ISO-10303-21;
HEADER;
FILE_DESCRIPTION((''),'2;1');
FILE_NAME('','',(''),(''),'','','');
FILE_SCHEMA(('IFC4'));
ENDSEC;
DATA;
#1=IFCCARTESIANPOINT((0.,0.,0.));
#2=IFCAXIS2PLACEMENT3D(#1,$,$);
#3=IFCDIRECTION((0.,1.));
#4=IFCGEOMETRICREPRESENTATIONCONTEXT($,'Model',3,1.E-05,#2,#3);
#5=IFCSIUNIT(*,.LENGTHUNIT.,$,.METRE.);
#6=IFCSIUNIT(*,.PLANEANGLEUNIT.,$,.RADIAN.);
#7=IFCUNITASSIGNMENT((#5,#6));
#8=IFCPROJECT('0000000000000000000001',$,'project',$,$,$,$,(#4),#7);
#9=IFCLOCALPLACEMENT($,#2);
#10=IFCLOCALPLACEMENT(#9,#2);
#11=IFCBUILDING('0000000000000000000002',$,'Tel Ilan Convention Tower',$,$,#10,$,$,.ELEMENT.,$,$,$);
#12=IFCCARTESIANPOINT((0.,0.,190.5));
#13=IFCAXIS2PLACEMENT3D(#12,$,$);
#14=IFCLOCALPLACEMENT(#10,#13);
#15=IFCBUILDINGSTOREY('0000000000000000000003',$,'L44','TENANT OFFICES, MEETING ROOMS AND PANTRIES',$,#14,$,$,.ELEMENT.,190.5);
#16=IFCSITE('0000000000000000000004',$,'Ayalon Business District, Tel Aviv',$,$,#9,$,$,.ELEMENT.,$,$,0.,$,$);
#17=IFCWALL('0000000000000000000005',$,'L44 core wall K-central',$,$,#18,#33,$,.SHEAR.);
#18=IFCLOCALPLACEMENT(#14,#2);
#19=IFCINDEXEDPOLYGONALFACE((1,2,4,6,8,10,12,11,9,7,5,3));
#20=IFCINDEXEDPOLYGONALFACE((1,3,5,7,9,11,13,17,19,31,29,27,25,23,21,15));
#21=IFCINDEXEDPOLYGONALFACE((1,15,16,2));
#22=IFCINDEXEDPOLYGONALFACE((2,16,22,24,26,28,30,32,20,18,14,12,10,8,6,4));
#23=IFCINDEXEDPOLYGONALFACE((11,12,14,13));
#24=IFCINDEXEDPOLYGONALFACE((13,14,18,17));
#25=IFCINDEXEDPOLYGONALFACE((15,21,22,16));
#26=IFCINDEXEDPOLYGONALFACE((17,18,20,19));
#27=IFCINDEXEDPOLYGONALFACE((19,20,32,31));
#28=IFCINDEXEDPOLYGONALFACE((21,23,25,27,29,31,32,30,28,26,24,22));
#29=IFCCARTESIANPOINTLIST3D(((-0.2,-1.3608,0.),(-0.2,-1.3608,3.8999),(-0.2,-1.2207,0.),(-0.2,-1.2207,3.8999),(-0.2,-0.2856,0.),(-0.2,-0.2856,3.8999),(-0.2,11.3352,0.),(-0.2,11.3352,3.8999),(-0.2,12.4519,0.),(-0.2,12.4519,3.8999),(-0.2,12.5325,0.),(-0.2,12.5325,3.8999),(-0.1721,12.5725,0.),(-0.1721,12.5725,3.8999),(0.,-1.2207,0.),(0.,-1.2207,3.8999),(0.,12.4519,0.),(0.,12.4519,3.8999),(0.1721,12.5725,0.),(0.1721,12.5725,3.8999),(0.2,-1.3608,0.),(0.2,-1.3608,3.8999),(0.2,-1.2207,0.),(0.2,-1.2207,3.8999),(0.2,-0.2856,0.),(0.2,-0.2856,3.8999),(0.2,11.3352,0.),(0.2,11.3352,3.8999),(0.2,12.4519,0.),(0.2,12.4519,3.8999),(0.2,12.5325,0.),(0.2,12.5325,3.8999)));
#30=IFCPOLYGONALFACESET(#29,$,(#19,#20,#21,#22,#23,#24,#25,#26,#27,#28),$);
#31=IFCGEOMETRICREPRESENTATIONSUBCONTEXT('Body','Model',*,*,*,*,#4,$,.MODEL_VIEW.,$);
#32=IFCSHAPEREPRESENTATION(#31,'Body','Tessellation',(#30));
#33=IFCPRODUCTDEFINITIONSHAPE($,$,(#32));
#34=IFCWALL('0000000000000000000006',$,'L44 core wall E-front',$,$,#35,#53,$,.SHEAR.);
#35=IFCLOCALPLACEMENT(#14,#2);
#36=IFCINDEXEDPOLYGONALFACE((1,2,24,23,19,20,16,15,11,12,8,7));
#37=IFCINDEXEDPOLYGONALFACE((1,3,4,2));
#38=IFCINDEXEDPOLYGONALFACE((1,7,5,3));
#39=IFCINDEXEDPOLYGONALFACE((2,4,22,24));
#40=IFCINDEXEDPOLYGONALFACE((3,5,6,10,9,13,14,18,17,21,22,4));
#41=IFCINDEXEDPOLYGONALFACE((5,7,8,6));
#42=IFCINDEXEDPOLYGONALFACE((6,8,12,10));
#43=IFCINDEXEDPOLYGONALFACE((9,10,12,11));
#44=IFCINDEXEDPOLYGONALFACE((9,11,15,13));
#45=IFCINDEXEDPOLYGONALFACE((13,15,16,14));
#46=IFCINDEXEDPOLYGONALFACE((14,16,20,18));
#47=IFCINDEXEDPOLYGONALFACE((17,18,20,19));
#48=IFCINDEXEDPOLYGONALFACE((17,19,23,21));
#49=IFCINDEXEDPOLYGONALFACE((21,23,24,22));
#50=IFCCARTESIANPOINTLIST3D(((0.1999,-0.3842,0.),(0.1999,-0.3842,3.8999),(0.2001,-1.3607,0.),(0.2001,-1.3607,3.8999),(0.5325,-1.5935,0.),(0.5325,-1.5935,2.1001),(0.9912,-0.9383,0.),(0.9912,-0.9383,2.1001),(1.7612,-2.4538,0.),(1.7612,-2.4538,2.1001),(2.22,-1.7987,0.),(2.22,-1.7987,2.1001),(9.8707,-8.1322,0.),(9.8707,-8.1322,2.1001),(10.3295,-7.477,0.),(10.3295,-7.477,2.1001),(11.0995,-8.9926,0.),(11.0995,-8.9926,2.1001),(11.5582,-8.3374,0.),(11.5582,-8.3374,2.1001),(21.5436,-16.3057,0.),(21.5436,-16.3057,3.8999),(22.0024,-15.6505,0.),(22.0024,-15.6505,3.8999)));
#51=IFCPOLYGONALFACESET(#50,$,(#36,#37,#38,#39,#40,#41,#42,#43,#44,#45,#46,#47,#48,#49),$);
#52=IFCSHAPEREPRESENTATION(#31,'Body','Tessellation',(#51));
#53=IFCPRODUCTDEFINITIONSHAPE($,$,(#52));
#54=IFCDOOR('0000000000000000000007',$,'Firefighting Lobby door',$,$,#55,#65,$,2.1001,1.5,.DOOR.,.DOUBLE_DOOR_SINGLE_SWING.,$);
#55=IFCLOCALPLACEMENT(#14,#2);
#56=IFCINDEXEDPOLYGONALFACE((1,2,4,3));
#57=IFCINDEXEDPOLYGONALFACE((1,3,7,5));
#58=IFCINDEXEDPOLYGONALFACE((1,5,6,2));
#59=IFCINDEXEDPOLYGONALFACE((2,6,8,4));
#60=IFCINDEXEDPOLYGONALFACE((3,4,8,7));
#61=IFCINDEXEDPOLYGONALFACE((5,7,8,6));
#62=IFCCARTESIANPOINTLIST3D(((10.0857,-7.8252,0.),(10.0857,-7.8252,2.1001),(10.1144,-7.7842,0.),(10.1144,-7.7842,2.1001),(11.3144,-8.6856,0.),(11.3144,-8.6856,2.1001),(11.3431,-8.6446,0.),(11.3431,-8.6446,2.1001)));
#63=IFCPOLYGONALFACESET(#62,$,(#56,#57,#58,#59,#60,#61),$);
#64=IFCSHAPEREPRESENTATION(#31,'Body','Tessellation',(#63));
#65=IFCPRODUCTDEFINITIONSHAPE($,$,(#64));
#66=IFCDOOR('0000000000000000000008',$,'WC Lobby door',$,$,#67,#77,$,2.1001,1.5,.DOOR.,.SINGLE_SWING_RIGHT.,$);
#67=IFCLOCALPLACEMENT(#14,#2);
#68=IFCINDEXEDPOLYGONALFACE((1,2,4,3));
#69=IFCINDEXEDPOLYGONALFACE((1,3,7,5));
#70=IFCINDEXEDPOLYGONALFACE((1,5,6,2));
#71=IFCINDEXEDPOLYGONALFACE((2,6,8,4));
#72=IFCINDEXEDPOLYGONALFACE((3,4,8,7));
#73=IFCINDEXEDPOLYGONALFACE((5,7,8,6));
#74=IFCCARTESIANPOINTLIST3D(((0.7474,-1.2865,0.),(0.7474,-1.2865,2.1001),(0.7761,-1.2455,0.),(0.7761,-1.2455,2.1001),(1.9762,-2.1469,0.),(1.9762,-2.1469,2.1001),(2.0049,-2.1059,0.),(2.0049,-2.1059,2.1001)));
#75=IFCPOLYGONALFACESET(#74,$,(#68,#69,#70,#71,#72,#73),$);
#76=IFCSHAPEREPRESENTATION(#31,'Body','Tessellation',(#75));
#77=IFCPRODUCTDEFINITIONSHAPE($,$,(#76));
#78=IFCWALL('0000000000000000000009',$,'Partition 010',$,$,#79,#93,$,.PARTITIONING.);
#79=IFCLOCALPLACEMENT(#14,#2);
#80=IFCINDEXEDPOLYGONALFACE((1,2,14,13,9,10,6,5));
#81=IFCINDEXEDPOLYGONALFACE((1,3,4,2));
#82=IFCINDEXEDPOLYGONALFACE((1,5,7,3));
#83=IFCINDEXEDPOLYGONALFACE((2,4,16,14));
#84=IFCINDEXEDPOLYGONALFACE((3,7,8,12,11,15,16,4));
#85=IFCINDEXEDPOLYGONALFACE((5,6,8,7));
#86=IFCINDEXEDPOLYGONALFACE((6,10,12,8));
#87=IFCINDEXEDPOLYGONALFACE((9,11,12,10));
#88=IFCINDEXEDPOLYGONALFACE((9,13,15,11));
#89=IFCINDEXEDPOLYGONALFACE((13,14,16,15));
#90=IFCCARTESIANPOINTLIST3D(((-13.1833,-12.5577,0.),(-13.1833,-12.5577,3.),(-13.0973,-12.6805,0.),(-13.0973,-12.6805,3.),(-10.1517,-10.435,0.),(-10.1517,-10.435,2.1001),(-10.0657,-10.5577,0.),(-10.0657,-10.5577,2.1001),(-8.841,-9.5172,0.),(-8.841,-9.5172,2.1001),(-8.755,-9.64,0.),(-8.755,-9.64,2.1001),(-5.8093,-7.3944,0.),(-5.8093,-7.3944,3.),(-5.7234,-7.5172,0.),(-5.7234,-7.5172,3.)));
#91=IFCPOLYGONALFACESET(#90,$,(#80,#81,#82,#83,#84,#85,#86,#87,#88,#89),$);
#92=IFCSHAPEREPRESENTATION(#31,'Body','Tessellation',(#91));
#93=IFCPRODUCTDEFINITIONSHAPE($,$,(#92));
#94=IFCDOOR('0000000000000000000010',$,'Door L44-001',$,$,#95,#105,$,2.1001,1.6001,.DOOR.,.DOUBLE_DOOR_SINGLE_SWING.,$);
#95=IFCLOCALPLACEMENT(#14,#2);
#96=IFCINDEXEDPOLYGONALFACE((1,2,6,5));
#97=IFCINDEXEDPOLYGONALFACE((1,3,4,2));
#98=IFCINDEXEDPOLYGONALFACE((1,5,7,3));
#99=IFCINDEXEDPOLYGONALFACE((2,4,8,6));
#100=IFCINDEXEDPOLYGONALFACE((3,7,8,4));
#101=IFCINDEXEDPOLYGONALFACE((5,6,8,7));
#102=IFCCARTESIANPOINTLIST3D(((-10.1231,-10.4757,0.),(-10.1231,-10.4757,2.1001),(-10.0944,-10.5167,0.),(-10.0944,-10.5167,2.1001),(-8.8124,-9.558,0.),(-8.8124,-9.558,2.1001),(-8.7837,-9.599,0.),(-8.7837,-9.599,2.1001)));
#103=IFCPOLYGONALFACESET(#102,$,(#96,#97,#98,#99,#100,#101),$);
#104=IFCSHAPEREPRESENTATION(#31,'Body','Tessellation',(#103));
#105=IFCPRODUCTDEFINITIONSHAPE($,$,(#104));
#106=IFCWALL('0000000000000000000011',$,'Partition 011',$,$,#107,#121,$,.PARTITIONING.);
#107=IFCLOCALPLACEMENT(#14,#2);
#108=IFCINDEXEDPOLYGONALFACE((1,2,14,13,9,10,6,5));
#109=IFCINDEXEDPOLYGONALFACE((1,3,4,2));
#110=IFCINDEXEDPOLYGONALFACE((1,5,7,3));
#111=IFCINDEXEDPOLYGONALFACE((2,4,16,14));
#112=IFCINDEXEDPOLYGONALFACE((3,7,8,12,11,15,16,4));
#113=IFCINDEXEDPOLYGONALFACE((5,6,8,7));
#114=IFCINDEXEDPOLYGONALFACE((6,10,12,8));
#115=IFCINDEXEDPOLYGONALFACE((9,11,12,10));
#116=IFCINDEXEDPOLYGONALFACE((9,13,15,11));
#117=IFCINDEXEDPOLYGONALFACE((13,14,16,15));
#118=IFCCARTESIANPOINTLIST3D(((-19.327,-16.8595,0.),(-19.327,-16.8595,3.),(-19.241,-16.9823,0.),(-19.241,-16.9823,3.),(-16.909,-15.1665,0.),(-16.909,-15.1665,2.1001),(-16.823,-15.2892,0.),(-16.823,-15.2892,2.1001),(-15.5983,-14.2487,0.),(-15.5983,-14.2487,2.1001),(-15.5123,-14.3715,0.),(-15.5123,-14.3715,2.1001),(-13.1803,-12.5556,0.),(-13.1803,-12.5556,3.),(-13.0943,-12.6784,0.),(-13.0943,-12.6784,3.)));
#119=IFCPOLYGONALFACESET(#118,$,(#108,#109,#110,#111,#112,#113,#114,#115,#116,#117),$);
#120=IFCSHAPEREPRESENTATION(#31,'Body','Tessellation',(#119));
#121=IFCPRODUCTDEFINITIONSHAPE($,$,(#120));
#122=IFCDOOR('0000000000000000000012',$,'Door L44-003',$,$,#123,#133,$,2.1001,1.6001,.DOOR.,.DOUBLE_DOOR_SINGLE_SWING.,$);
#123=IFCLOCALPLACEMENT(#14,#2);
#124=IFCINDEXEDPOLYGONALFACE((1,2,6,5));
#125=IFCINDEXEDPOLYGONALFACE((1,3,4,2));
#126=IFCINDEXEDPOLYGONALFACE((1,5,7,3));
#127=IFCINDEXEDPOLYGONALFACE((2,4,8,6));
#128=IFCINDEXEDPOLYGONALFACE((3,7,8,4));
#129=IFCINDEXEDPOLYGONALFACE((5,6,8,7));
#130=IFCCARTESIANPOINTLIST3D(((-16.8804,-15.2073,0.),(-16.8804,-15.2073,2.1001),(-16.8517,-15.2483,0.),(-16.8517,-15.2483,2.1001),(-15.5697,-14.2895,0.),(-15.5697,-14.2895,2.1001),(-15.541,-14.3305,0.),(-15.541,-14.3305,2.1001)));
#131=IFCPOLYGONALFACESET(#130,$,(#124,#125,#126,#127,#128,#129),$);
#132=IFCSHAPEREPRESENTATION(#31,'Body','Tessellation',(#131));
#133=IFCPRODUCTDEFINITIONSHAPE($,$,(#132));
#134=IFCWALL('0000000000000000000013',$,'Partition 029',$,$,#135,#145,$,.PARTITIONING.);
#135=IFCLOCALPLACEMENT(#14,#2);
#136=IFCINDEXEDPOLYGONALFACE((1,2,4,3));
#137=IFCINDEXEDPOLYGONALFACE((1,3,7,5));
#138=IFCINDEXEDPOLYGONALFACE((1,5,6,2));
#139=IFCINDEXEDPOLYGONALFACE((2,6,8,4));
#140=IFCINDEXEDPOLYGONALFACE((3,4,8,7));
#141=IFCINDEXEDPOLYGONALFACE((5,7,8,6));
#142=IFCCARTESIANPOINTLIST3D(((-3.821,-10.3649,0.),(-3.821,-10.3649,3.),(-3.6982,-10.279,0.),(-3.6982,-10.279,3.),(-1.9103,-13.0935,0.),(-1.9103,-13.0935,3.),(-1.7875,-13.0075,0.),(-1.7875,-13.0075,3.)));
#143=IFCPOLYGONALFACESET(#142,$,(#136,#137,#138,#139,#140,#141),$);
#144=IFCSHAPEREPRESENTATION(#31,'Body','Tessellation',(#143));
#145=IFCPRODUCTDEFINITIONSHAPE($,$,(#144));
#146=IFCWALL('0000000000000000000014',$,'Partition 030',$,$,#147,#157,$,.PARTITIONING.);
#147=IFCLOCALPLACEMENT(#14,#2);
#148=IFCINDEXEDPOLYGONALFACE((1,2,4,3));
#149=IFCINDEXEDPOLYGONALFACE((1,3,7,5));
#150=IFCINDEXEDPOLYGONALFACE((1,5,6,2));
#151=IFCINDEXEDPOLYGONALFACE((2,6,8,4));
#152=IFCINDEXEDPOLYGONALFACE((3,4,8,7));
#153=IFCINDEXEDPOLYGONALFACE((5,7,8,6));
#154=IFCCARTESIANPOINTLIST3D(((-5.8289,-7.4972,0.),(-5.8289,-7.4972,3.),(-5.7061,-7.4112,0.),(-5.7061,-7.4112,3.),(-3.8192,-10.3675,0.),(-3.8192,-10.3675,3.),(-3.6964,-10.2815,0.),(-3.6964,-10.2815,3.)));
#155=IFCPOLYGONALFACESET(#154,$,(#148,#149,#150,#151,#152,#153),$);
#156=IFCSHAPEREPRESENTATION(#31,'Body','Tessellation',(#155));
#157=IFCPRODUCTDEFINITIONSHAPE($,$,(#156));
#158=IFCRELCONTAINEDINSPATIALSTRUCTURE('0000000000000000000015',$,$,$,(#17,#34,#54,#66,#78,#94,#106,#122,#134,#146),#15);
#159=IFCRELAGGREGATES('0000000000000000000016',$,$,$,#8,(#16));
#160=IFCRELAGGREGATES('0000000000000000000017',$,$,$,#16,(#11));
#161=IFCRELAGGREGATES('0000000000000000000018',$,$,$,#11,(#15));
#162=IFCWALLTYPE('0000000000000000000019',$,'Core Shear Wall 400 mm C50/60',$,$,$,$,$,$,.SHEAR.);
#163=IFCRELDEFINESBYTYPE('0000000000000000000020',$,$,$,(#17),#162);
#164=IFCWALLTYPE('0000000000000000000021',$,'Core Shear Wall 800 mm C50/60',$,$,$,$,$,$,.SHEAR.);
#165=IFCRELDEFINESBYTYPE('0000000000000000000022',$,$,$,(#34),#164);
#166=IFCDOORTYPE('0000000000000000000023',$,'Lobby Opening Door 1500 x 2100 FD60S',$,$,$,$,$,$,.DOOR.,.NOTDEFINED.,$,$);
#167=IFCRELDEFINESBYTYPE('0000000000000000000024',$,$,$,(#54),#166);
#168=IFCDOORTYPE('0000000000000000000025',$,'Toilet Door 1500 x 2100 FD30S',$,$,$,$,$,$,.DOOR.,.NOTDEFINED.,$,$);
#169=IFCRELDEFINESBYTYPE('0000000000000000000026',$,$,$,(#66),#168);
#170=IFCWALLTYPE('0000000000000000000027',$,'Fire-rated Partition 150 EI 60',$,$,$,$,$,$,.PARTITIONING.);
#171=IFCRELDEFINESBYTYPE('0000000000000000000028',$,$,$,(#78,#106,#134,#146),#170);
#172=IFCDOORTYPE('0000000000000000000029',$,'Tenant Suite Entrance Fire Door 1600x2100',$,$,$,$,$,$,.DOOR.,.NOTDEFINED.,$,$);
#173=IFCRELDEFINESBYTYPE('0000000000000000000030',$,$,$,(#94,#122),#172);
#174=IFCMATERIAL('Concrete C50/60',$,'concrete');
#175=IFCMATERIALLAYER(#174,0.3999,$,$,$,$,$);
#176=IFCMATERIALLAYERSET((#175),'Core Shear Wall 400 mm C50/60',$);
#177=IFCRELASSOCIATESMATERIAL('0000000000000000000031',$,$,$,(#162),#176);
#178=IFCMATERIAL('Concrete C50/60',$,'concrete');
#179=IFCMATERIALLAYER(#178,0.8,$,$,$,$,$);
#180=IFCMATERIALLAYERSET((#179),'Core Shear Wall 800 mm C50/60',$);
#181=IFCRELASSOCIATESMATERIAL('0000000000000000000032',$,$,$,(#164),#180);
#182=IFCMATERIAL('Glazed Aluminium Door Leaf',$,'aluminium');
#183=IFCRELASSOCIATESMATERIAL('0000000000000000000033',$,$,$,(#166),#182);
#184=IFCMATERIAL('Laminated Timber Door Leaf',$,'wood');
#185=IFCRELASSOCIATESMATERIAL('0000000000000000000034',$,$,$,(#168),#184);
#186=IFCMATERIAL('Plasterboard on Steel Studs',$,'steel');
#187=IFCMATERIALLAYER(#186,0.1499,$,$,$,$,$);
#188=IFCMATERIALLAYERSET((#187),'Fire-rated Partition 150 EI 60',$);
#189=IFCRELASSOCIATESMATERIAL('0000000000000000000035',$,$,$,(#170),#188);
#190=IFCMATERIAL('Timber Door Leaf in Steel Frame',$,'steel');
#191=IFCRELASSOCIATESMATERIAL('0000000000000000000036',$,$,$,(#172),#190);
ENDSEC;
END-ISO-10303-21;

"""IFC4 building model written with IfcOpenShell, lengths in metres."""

from ifc_helpers import new_model, si_unit, direction, frame, frame_2d, origin, place, context, subcontext, project, spatial, polyline, rectangle, outline, extrude, material, layer, layer_set, type_object, element, fill, save


model = new_model("IFC4")

# Units and contexts
model_context = context("Model", 3, precision=1e-05, world=origin(), true_north=direction((0.0, 1.0)))
body_context = subcontext(model_context, "Body", "Model", "MODEL_VIEW")
ifc_project = project(units=[si_unit("LENGTHUNIT", "METRE"), si_unit("PLANEANGLEUNIT", "RADIAN")], contexts=[model_context])

# Site, building, storey
site_placement = place(None, origin())
site = spatial("IfcSite", under=ifc_project, at=site_placement, Name="Ayalon Business District, Tel Aviv", CompositionType="ELEMENT", RefElevation=0.0)
building_placement = place(site_placement, origin())
building = spatial("IfcBuilding", under=site, at=building_placement, Name="Tel Ilan Convention Tower", CompositionType="ELEMENT")
storey_placement = place(building_placement, frame((0.0, 0.0, 190.5)))
storey = spatial("IfcBuildingStorey", under=building, at=storey_placement, Name="L44", Description="TENANT OFFICES, MEETING ROOMS AND PANTRIES", CompositionType="ELEMENT", Elevation=190.5)

# Wall
ifc_material_1 = material(Name="Concrete C50/60", Category="concrete")
ifc_layer_1 = layer(ifc_material_1, 0.3999)
ifc_layer_set_1 = layer_set([ifc_layer_1], Name="Core Shear Wall 400 mm C50/60")
wall_type_1 = type_object("IfcWallType", Name="Core Shear Wall 400 mm C50/60", PredefinedType="SHEAR", material=ifc_layer_set_1)
wall_1_placement = place(storey_placement, frame((0.0, -1.3608, 0.0), z_axis=(0.0, 0.0, 1.0), x_axis=(0.0, 1.0, 0.0)))
element("IfcWall", 1, at=wall_1_placement, inside=storey, type_object=wall_type_1, Name="L44 core wall K-central", PredefinedType="SHEAR", context=body_context, shape_type="SweptSolid", body=[
    extrude(outline(polyline([(0.0, -0.2), (0.1401, -0.2), (1.0752, -0.2), (12.696, -0.2), (13.8127, -0.2), (13.8933, -0.2), (13.9333, -0.1721), (13.8127, 0.0), (13.9333, 0.1721), (13.8933, 0.2), (13.8127, 0.2), (12.696, 0.2), (1.0752, 0.2), (0.1401, 0.2), (0.0, 0.2), (0.1401, 0.0), (0.0, -0.2)])), origin(), (0.0, 0.0, 1.0), 3.8999),
])

# Wall, openings, doors
ifc_material_2 = material(Name="Concrete C50/60", Category="concrete")
ifc_layer_2 = layer(ifc_material_2, 0.8)
ifc_layer_set_2 = layer_set([ifc_layer_2], Name="Core Shear Wall 800 mm C50/60")
wall_type_2 = type_object("IfcWallType", Name="Core Shear Wall 800 mm C50/60", PredefinedType="SHEAR", material=ifc_layer_set_2)
wall_2_placement = place(storey_placement, frame((-0.0293, -0.7119, 0.0), z_axis=(0.0, 0.0, 1.0), x_axis=(0.819152, -0.573577, 0.0)))
wall_2 = element("IfcWall", 2, at=wall_2_placement, inside=storey, type_object=wall_type_2, Name="L44 core wall E-front", PredefinedType="SHEAR", context=body_context, shape_type="SweptSolid", body=[
    extrude(outline(polyline([(26.6157, 0.3999), (-0.0002, 0.3999), (0.5601, -0.3999), (26.6157, -0.3999), (26.6157, 0.3999)])), origin(), (0.0, 0.0, 1.0), 3.8999),
])
opening_1_placement = place(wall_2_placement, frame((0.9658, 0.0, 0.0)))
opening_1 = element("IfcOpeningElement", 3, at=opening_1_placement, cuts=wall_2, PredefinedType="OPENING", context=body_context, shape_type="SweptSolid", body=[
    extrude(rectangle(XDim=1.5, YDim=2.1001, at=frame_2d((0.75, 1.05))), frame((0.0, 0.4099, 0.0), z_axis=(0.0, -1.0, 0.0), x_axis=(1.0, 0.0, 0.0)), (0.0, 0.0, 1.0), 0.8201),
])
opening_2_placement = place(wall_2_placement, frame((12.3657, 0.0, 0.0)))
opening_2 = element("IfcOpeningElement", 4, at=opening_2_placement, cuts=wall_2, PredefinedType="OPENING", context=body_context, shape_type="SweptSolid", body=[
    extrude(rectangle(XDim=1.5, YDim=2.1001, at=frame_2d((0.75, 1.05))), frame((0.0, 0.4099, 0.0), z_axis=(0.0, -1.0, 0.0), x_axis=(1.0, 0.0, 0.0)), (0.0, 0.0, 1.0), 0.8201),
])
ifc_material_3 = material(Name="Glazed Aluminium Door Leaf", Category="aluminium")
door_type_1 = type_object("IfcDoorType", Name="Lobby Opening Door 1500 x 2100 FD60S", OperationType="NOTDEFINED", PredefinedType="DOOR", material=ifc_material_3)
door_1_placement = place(opening_2_placement, origin())
door_1 = element("IfcDoor", 5, at=door_1_placement, inside=storey, type_object=door_type_1, Name="Firefighting Lobby door", OperationType="DOUBLE_DOOR_SINGLE_SWING", OverallHeight=2.1001, OverallWidth=1.5, PredefinedType="DOOR", context=body_context, shape_type="SweptSolid", body=[
    extrude(rectangle(XDim=1.5, YDim=2.1001, at=frame_2d((0.75, 1.05))), frame((0.0, 0.0249, 0.0), z_axis=(0.0, -1.0, 0.0), x_axis=(1.0, 0.0, 0.0)), (0.0, 0.0, 1.0), 0.05),
])
fill(opening_2, door_1)
ifc_material_4 = material(Name="Laminated Timber Door Leaf", Category="wood")
door_type_2 = type_object("IfcDoorType", Name="Toilet Door 1500 x 2100 FD30S", OperationType="NOTDEFINED", PredefinedType="DOOR", material=ifc_material_4)
door_2_placement = place(opening_1_placement, origin())
door_2 = element("IfcDoor", 6, at=door_2_placement, inside=storey, type_object=door_type_2, Name="WC Lobby door", OperationType="SINGLE_SWING_RIGHT", OverallHeight=2.1001, OverallWidth=1.5, PredefinedType="DOOR", context=body_context, shape_type="SweptSolid", body=[
    extrude(rectangle(XDim=1.5, YDim=2.1001, at=frame_2d((0.75, 1.05))), frame((0.0, 0.0249, 0.0), z_axis=(0.0, -1.0, 0.0), x_axis=(1.0, 0.0, 0.0)), (0.0, 0.0, 1.0), 0.05),
])
fill(opening_1, door_2)

# Walls, openings, doors
ifc_material_5 = material(Name="Plasterboard on Steel Studs", Category="steel")
ifc_layer_3 = layer(ifc_material_5, 0.1499)
ifc_layer_set_3 = layer_set([ifc_layer_3], Name="Fire-rated Partition 150 EI 60")
wall_type_3 = type_object("IfcWallType", Name="Fire-rated Partition 150 EI 60", PredefinedType="PARTITIONING", material=ifc_layer_set_3)
wall_3_placement = place(storey_placement, frame((-5.7664, -7.4558, 0.0), z_axis=(0.0, 0.0, 1.0), x_axis=(-0.819153, -0.573575, 0.0)))
wall_3 = element("IfcWall", 7, at=wall_3_placement, inside=storey, type_object=wall_type_3, Name="Partition 010", PredefinedType="PARTITIONING", context=body_context, shape_type="SweptSolid", body=[
    extrude(rectangle(XDim=9.002, YDim=0.1499, at=frame_2d((4.501, 0.0))), origin(), (0.0, 0.0, 1.0), 3.0),
])
opening_3_placement = place(wall_3_placement, frame((3.7009, 0.0, 0.0)))
opening_3 = element("IfcOpeningElement", 8, at=opening_3_placement, cuts=wall_3, PredefinedType="OPENING", context=body_context, shape_type="SweptSolid", body=[
    extrude(rectangle(XDim=1.6001, YDim=2.1001, at=frame_2d((0.8, 1.05))), frame((0.0, 0.085, 0.0), z_axis=(0.0, -1.0, 0.0), x_axis=(1.0, 0.0, 0.0)), (0.0, 0.0, 1.0), 0.1699),
])
ifc_material_6 = material(Name="Timber Door Leaf in Steel Frame", Category="steel")
door_type_3 = type_object("IfcDoorType", Name="Tenant Suite Entrance Fire Door 1600x2100", OperationType="NOTDEFINED", PredefinedType="DOOR", material=ifc_material_6)
door_3_placement = place(opening_3_placement, origin())
door_3 = element("IfcDoor", 9, at=door_3_placement, inside=storey, type_object=door_type_3, Name="Door L44-001", OperationType="DOUBLE_DOOR_SINGLE_SWING", OverallHeight=2.1001, OverallWidth=1.6001, PredefinedType="DOOR", context=body_context, shape_type="SweptSolid", body=[
    extrude(rectangle(XDim=1.6001, YDim=2.1001, at=frame_2d((0.8, 1.05))), frame((0.0, 0.0249, 0.0), z_axis=(0.0, -1.0, 0.0), x_axis=(1.0, 0.0, 0.0)), (0.0, 0.0, 1.0), 0.05),
])
fill(opening_3, door_3)
wall_4_placement = place(storey_placement, frame((-13.1372, -12.6169, 0.0), z_axis=(0.0, 0.0, 1.0), x_axis=(-0.819154, -0.573574, 0.0)))
wall_4 = element("IfcWall", 10, at=wall_4_placement, inside=storey, type_object=wall_type_3, Name="Partition 011", PredefinedType="PARTITIONING", context=body_context, shape_type="SweptSolid", body=[
    extrude(rectangle(XDim=7.5037, YDim=0.1499, at=frame_2d((3.752, 0.0))), origin(), (0.0, 0.0, 1.0), 3.0),
])
opening_4_placement = place(wall_4_placement, frame((2.9519, 0.0, 0.0)))
opening_4 = element("IfcOpeningElement", 11, at=opening_4_placement, cuts=wall_4, PredefinedType="OPENING", context=body_context, shape_type="SweptSolid", body=[
    extrude(rectangle(XDim=1.6001, YDim=2.1001, at=frame_2d((0.8, 1.05))), frame((0.0, 0.085, 0.0), z_axis=(0.0, -1.0, 0.0), x_axis=(1.0, 0.0, 0.0)), (0.0, 0.0, 1.0), 0.1699),
])
door_4_placement = place(opening_4_placement, origin())
door_4 = element("IfcDoor", 12, at=door_4_placement, inside=storey, type_object=door_type_3, Name="Door L44-003", OperationType="DOUBLE_DOOR_SINGLE_SWING", OverallHeight=2.1001, OverallWidth=1.6001, PredefinedType="DOOR", context=body_context, shape_type="SweptSolid", body=[
    extrude(rectangle(XDim=1.6001, YDim=2.1001, at=frame_2d((0.8, 1.05))), frame((0.0, 0.0249, 0.0), z_axis=(0.0, -1.0, 0.0), x_axis=(1.0, 0.0, 0.0)), (0.0, 0.0, 1.0), 0.05),
])
fill(opening_4, door_4)

# Walls
wall_5_placement = place(storey_placement, frame((-1.8489, -13.0505, 0.0), z_axis=(0.0, 0.0, 1.0), x_axis=(-0.5736, 0.819135, 0.0)))
element("IfcWall", 13, at=wall_5_placement, inside=storey, type_object=wall_type_3, Name="Partition 029", PredefinedType="PARTITIONING", context=body_context, shape_type="SweptSolid", body=[
    extrude(rectangle(XDim=3.3311, YDim=0.1499, at=frame_2d((1.6655, 0.0))), origin(), (0.0, 0.0, 1.0), 3.0),
])
wall_6_placement = place(storey_placement, frame((-3.7578, -10.3245, 0.0), z_axis=(0.0, 0.0, 1.0), x_axis=(-0.573561, 0.819163, 0.0)))
element("IfcWall", 14, at=wall_6_placement, inside=storey, type_object=wall_type_3, Name="Partition 030", PredefinedType="PARTITIONING", context=body_context, shape_type="SweptSolid", body=[
    extrude(rectangle(XDim=3.5039, YDim=0.1499, at=frame_2d((1.752, 0.0))), origin(), (0.0, 0.0, 1.0), 3.0),
])

save(model, "model.ifc")
